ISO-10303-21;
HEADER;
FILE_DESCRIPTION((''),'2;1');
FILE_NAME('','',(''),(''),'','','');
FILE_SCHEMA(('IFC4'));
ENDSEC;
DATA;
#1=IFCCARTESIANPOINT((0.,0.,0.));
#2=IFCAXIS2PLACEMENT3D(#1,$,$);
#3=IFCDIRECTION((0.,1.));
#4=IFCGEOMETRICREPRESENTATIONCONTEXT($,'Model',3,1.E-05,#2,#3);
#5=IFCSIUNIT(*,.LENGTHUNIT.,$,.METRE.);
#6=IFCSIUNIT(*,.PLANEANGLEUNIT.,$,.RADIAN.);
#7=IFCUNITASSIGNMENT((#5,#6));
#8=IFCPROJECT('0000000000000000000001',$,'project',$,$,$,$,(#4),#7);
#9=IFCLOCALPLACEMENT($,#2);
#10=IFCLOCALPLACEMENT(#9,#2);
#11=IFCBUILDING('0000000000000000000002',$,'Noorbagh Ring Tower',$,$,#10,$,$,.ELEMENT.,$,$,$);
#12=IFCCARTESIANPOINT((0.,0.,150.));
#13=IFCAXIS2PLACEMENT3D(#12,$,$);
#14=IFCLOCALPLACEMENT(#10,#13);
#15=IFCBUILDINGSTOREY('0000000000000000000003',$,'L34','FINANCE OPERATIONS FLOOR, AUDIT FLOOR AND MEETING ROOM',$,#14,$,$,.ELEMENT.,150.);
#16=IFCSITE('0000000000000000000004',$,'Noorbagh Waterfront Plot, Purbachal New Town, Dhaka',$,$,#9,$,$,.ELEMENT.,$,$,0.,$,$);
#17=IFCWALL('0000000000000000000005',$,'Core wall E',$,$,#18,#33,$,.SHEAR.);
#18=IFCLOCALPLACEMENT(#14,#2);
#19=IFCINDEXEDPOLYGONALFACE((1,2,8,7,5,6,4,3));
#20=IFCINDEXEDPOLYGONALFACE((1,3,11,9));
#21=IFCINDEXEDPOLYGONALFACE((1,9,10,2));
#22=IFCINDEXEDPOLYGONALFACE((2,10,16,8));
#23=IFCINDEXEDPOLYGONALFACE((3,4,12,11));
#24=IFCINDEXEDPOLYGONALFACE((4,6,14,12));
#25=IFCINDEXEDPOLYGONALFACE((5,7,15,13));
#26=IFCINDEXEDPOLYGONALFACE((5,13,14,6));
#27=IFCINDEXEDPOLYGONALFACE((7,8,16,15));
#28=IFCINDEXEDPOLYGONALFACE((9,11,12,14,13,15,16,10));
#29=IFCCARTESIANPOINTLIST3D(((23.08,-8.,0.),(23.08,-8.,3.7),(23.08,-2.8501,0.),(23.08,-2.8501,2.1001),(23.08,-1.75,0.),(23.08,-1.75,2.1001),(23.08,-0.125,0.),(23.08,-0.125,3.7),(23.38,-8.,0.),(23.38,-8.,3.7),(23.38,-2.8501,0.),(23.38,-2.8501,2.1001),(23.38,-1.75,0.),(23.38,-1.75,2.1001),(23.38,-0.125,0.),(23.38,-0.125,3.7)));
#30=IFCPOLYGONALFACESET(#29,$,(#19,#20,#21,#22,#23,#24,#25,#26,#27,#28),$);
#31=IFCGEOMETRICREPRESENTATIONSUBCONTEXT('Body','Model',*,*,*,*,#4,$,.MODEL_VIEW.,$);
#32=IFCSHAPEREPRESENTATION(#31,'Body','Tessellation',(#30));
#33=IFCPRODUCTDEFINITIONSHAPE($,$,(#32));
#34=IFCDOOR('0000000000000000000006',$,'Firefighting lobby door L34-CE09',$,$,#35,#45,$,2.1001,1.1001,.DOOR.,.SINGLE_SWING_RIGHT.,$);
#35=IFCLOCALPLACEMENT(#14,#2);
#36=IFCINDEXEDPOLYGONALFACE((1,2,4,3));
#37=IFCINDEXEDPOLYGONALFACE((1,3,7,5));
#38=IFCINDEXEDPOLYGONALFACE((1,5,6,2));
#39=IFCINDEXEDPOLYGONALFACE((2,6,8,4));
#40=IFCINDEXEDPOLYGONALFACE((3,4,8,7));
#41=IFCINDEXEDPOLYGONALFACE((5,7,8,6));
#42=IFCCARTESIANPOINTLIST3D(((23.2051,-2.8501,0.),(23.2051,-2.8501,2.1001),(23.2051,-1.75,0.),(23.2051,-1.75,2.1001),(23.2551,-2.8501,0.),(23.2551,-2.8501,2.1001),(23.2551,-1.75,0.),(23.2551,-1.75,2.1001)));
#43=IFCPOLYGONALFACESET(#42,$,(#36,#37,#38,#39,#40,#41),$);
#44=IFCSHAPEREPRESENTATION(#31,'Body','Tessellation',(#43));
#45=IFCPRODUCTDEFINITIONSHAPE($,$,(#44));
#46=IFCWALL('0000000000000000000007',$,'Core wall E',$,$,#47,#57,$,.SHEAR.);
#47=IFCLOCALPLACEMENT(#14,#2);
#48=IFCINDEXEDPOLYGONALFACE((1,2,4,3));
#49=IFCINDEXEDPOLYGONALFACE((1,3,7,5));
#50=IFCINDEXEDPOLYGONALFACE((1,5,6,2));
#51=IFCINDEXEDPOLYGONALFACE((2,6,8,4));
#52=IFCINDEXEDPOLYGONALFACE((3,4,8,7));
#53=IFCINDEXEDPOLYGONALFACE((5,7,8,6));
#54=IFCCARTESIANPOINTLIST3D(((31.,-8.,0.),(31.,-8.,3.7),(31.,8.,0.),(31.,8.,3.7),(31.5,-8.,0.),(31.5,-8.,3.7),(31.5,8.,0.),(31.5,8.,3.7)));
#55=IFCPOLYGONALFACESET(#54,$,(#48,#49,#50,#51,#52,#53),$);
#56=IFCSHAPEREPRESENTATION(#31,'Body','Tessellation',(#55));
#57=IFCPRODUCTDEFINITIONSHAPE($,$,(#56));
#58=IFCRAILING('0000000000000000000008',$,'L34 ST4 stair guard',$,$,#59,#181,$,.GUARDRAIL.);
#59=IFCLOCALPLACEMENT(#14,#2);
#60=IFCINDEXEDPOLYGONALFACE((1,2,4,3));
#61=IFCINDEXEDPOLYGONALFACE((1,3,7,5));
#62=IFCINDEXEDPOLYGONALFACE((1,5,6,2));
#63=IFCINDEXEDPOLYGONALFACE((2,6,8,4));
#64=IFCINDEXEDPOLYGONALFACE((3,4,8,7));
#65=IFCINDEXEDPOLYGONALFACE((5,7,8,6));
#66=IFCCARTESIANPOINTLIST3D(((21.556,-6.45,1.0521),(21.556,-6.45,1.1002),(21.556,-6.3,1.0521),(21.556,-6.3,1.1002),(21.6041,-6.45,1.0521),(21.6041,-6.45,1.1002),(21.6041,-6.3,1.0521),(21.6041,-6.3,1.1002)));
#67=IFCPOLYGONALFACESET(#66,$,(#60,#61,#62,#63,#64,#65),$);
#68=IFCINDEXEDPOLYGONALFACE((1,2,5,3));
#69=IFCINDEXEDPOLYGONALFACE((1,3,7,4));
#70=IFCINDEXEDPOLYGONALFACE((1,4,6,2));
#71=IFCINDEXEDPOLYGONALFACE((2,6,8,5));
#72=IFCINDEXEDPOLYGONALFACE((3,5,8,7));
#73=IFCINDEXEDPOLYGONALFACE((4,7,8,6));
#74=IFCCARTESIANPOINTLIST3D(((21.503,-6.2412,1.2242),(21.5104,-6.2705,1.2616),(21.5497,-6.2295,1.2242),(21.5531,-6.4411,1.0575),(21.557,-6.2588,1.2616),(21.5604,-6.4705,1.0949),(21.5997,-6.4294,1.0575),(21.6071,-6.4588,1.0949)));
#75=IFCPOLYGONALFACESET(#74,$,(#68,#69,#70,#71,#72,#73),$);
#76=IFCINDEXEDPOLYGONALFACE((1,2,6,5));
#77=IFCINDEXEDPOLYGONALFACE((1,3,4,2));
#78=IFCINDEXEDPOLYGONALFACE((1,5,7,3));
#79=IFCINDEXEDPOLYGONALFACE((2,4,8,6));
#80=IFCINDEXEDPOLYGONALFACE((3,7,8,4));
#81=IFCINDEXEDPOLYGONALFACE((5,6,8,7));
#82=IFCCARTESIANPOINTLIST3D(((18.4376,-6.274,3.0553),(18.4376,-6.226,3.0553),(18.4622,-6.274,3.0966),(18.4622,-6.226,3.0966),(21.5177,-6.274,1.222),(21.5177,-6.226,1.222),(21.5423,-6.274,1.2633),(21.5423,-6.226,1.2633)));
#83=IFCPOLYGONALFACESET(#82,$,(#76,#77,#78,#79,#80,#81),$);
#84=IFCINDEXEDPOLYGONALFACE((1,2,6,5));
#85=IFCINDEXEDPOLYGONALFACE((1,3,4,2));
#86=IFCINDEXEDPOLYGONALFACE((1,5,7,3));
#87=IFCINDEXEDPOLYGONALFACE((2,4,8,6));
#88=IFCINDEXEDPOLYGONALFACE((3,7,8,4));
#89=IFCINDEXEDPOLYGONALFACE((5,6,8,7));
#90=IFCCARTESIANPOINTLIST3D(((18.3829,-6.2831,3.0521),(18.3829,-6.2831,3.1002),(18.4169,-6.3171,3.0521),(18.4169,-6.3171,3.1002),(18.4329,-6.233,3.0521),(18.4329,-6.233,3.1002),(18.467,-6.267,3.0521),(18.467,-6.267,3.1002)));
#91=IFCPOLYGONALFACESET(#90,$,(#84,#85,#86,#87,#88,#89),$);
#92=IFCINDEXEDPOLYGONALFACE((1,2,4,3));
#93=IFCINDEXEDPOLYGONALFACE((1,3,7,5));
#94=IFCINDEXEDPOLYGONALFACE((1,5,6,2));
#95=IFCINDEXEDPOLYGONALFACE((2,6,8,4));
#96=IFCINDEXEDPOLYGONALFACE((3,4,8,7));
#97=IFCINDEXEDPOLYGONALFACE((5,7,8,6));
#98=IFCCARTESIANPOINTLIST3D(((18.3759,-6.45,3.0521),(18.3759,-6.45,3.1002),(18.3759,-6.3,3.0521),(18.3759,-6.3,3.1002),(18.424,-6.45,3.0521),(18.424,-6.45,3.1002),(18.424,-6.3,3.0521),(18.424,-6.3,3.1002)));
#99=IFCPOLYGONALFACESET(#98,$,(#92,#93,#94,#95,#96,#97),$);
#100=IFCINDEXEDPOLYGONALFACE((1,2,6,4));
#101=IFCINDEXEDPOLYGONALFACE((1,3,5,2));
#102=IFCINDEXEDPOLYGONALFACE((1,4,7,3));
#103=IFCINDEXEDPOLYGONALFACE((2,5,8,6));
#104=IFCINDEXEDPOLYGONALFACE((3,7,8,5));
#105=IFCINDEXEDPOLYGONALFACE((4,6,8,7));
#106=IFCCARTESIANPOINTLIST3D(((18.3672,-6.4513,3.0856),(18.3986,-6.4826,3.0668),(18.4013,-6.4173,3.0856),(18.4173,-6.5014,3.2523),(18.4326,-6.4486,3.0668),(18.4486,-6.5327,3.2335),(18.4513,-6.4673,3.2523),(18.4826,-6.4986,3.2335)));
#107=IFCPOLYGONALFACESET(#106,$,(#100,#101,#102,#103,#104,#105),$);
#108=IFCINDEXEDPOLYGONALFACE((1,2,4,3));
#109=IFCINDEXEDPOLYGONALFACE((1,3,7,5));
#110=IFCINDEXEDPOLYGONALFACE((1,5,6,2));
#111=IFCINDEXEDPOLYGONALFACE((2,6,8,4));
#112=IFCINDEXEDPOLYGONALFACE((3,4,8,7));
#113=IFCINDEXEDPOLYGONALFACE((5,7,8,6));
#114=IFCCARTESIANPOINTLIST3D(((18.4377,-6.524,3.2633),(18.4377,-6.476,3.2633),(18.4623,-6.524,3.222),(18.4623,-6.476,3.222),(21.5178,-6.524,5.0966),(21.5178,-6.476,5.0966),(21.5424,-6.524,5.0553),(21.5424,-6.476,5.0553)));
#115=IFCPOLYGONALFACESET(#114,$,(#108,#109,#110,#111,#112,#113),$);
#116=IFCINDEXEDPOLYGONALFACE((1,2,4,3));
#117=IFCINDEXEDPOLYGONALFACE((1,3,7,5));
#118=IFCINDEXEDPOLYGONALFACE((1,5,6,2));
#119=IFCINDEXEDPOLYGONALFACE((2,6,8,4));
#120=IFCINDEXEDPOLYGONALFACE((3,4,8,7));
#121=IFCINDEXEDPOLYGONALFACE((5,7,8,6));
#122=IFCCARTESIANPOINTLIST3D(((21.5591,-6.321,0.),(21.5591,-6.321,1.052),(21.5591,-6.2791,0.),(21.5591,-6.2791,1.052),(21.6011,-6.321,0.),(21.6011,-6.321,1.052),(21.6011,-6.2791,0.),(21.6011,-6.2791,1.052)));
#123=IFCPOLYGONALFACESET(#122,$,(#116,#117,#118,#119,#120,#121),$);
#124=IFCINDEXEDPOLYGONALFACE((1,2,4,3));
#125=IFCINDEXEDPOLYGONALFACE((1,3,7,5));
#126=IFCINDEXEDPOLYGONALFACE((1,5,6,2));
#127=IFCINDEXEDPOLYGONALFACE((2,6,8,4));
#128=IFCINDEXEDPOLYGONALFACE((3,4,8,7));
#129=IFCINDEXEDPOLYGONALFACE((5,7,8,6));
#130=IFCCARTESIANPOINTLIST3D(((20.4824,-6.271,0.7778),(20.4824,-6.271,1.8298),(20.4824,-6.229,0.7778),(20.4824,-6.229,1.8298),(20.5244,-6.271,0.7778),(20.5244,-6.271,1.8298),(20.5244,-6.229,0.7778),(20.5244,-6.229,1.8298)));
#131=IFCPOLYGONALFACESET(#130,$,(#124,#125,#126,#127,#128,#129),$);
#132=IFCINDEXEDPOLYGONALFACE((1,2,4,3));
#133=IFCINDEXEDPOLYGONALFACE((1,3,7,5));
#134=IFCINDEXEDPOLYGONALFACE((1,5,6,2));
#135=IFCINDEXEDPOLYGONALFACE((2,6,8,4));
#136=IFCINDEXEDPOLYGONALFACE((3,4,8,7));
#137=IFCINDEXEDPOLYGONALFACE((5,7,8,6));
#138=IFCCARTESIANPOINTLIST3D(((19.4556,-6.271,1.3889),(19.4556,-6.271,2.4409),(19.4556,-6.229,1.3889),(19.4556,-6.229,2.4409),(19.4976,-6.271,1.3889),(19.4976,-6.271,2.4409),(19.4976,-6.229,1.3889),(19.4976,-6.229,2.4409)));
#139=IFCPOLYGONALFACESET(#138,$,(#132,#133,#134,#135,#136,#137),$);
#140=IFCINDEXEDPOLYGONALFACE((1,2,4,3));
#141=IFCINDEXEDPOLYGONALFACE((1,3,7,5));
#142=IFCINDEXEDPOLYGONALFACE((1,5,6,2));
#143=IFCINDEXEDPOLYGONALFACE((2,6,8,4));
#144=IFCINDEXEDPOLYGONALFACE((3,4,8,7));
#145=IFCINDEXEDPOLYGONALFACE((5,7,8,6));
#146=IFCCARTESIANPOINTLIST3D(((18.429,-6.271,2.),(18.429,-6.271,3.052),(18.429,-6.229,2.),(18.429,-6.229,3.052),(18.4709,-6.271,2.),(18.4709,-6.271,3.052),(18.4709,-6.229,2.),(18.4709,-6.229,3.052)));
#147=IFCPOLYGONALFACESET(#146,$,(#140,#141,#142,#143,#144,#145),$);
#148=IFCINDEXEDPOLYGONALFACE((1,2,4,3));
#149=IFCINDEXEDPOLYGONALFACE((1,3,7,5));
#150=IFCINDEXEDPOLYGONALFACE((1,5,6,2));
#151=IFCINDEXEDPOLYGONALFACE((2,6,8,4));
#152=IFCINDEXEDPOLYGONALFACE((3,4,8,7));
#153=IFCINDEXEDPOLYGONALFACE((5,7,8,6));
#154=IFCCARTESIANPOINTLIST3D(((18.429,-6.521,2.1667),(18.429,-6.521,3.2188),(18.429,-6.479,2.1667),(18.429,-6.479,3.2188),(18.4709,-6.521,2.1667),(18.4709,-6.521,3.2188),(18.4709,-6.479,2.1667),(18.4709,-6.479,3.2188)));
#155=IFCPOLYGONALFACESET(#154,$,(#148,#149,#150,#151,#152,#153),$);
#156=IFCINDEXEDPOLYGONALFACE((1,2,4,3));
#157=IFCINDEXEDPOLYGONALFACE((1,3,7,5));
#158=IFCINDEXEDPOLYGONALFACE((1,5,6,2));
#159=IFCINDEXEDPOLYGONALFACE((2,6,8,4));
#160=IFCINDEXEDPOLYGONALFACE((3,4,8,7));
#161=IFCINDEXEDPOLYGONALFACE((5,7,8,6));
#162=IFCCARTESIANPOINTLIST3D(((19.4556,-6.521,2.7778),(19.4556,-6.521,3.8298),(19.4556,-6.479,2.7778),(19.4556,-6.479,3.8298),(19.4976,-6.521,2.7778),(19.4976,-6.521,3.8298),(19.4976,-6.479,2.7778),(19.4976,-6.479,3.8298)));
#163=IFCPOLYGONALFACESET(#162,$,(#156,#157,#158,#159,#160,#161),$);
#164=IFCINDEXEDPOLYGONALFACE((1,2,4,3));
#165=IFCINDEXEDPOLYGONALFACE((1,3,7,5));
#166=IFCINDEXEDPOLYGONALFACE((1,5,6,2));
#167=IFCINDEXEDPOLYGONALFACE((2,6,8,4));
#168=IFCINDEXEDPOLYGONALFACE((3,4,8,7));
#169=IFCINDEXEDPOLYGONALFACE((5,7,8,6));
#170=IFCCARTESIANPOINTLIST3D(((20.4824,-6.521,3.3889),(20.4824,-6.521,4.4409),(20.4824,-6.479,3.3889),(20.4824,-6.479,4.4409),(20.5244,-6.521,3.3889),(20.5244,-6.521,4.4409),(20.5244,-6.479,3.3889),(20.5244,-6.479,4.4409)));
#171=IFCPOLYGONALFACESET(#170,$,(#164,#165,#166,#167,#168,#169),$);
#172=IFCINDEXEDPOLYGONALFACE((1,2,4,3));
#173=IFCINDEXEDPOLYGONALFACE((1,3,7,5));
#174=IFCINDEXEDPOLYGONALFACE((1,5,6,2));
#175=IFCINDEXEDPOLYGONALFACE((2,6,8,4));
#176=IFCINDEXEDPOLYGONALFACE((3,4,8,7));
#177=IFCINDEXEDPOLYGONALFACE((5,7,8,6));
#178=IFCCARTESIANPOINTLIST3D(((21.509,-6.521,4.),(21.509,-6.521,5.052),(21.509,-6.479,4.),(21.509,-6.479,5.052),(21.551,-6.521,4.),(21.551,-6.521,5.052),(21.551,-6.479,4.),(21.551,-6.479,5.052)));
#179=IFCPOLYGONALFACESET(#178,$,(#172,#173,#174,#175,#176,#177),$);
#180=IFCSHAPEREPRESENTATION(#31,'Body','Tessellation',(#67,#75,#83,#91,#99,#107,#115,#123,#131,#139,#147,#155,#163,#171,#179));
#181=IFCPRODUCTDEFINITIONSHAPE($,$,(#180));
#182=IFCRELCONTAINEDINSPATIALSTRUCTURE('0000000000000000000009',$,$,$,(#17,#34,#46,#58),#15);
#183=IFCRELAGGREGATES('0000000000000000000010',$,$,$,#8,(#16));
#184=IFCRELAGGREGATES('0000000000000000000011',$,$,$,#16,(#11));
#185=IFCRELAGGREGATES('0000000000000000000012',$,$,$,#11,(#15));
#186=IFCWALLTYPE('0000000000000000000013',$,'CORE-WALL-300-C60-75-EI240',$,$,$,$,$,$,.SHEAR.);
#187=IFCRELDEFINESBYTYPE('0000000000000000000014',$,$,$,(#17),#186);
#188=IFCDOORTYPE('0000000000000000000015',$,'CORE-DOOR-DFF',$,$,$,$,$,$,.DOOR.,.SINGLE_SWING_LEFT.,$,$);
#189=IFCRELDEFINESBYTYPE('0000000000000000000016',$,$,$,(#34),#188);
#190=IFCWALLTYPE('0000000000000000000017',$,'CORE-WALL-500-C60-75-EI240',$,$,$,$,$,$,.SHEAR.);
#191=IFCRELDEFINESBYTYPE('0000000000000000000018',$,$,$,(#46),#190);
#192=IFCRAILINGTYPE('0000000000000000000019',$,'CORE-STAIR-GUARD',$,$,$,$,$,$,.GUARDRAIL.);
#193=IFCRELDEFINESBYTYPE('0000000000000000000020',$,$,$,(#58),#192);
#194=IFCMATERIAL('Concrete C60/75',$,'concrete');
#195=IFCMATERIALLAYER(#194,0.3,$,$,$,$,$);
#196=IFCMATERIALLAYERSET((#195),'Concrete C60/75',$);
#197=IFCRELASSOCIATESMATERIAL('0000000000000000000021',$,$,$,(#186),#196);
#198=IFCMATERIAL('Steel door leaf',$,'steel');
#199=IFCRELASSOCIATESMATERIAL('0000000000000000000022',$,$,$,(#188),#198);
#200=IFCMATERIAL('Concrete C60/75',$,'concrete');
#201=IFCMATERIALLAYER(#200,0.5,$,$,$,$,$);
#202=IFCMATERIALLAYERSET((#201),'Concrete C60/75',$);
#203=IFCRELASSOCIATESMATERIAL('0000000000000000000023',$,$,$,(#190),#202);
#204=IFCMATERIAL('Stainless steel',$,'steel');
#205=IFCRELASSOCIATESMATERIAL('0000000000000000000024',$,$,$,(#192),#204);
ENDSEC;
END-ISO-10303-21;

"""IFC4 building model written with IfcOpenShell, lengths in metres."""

from ifc_helpers import new_model, si_unit, direction, frame, frame_2d, origin, origin_2d, place, context, subcontext, project, spatial, rectangle, extrude, material, layer, layer_set, type_object, element, fill, save


model = new_model("IFC4")

# Units and contexts
model_context = context("Model", 3, precision=1e-05, world=origin(), true_north=direction((0.0, 1.0)))
body_context = subcontext(model_context, "Body", "Model", "MODEL_VIEW")
ifc_project = project(units=[si_unit("LENGTHUNIT", "METRE"), si_unit("PLANEANGLEUNIT", "RADIAN")], contexts=[model_context])

# Site, building, storey
site_placement = place(None, origin())
site = spatial("IfcSite", under=ifc_project, at=site_placement, Name="Noorbagh Waterfront Plot, Purbachal New Town, Dhaka", CompositionType="ELEMENT", RefElevation=0.0)
building_placement = place(site_placement, origin())
building = spatial("IfcBuilding", under=site, at=building_placement, Name="Noorbagh Ring Tower", CompositionType="ELEMENT")
storey_placement = place(building_placement, frame((0.0, 0.0, 150.0)))
storey = spatial("IfcBuildingStorey", under=building, at=storey_placement, Name="L34", Description="FINANCE OPERATIONS FLOOR, AUDIT FLOOR AND MEETING ROOM", CompositionType="ELEMENT", Elevation=150.0)

# Shared definitions
ifc_material_1 = material(Name="Concrete C60/75", Category="concrete")
ifc_layer_1 = layer(ifc_material_1, 0.3)
ifc_layer_set_1 = layer_set([ifc_layer_1], Name="Concrete C60/75")
wall_type_1 = type_object("IfcWallType", Name="CORE-WALL-300-C60-75-EI240", PredefinedType="SHEAR", material=ifc_layer_set_1)

# Wall, opening, door
wall_1_placement = place(storey_placement, frame((23.23, -8.0, 0.0), z_axis=(0.0, 0.0, 1.0), x_axis=(0.0, 1.0, 0.0)))
wall_1 = element("IfcWall", 1, at=wall_1_placement, inside=storey, type_object=wall_type_1, Name="Core wall E", PredefinedType="SHEAR", context=body_context, shape_type="SweptSolid", body=[
    extrude(rectangle(XDim=7.875, YDim=0.3, at=frame_2d((3.9375, 0.0))), origin(), (0.0, 0.0, 1.0), 3.7),
])
opening_1_placement = place(wall_1_placement, frame((5.1499, 0.0, 0.0)))
opening_1 = element("IfcOpeningElement", 2, at=opening_1_placement, cuts=wall_1, PredefinedType="OPENING", context=body_context, shape_type="SweptSolid", body=[
    extrude(rectangle(XDim=1.1001, YDim=2.1001, at=frame_2d((0.55, 1.05))), frame((0.0, 0.1602, 0.0), z_axis=(0.0, -1.0, 0.0), x_axis=(1.0, 0.0, 0.0)), (0.0, 0.0, 1.0), 0.3201),
])
ifc_material_2 = material(Name="Steel door leaf", Category="steel")
door_type_1 = type_object("IfcDoorType", Name="CORE-DOOR-DFF", OperationType="SINGLE_SWING_LEFT", PredefinedType="DOOR", material=ifc_material_2)
door_1_placement = place(opening_1_placement, origin())
door_1 = element("IfcDoor", 3, at=door_1_placement, inside=storey, type_object=door_type_1, Name="Firefighting lobby door L34-CE09", OperationType="SINGLE_SWING_RIGHT", OverallHeight=2.1001, OverallWidth=1.1001, PredefinedType="DOOR", context=body_context, shape_type="SweptSolid", body=[
    extrude(rectangle(XDim=1.1001, YDim=2.1001, at=frame_2d((0.55, 1.05))), frame((0.0, 0.0249, 0.0), z_axis=(0.0, -1.0, 0.0), x_axis=(1.0, 0.0, 0.0)), (0.0, 0.0, 1.0), 0.05),
])
fill(opening_1, door_1)

# Wall
ifc_material_3 = material(Name="Concrete C60/75", Category="concrete")
ifc_layer_2 = layer(ifc_material_3, 0.5)
ifc_layer_set_2 = layer_set([ifc_layer_2], Name="Concrete C60/75")
wall_type_2 = type_object("IfcWallType", Name="CORE-WALL-500-C60-75-EI240", PredefinedType="SHEAR", material=ifc_layer_set_2)
wall_2_placement = place(storey_placement, frame((31.25, -8.0, 0.0), z_axis=(0.0, 0.0, 1.0), x_axis=(0.0, 1.0, 0.0)))
element("IfcWall", 4, at=wall_2_placement, inside=storey, type_object=wall_type_2, Name="Core wall E", PredefinedType="SHEAR", context=body_context, shape_type="SweptSolid", body=[
    extrude(rectangle(XDim=16.0, YDim=0.5, at=frame_2d((8.0, 0.0))), origin(), (0.0, 0.0, 1.0), 3.7),
])

# Railing
ifc_material_4 = material(Name="Stainless steel", Category="steel")
railing_type = type_object("IfcRailingType", Name="CORE-STAIR-GUARD", PredefinedType="GUARDRAIL", material=ifc_material_4)
railing_placement = place(storey_placement, frame((21.5801, -6.3, 0.0)))
element("IfcRailing", 5, at=railing_placement, inside=storey, type_object=railing_type, Name="L34 ST4 stair guard", PredefinedType="GUARDRAIL", context=body_context, shape_type="SweptSolid", body=[
    extrude(rectangle(XDim=0.0481, YDim=0.0481, at=origin_2d()), frame((0.0, 0.0, 1.0762), z_axis=(0.0, -1.0, 0.0), x_axis=(1.0, 0.0, 0.0)), (0.0, 0.0, 1.0), 0.1499),
    extrude(rectangle(XDim=0.0481, YDim=0.0481, at=origin_2d()), frame((0.0, -0.1499, 1.0762), z_axis=(-0.188776, 0.754182, 0.628946), x_axis=(-0.970073, -0.242814, 0.0)), (0.0, 0.0, 1.0), 0.2651),
    extrude(rectangle(XDim=0.0481, YDim=0.0481, at=origin_2d()), frame((-0.05, 0.05, 1.2427), z_axis=(-0.859309, 0.0, 0.511458), x_axis=(0.0, -1.0, 0.0)), (0.0, 0.0, 1.0), 3.5845),
    extrude(rectangle(XDim=0.0481, YDim=0.0481, at=origin_2d()), frame((-3.1301, 0.05, 3.0762), z_axis=(-0.707107, -0.707107, 0.0), x_axis=(0.707107, -0.707107, 0.0)), (0.0, 0.0, 1.0), 0.0708),
    extrude(rectangle(XDim=0.0481, YDim=0.0481, at=origin_2d()), frame((-3.1802, 0.0, 3.0762), z_axis=(0.0, -1.0, 0.0), x_axis=(1.0, 0.0, 0.0)), (0.0, 0.0, 1.0), 0.1499),
    extrude(rectangle(XDim=0.0481, YDim=0.0481, at=origin_2d()), frame((-3.1802, -0.1499, 3.0762), z_axis=(0.276287, -0.276287, 0.920506), x_axis=(0.707107, 0.707107, 0.0)), (0.0, 0.0, 1.0), 0.1812),
    extrude(rectangle(XDim=0.0481, YDim=0.0481, at=origin_2d()), frame((-3.1301, -0.2, 3.2427), z_axis=(0.859309, 0.0, 0.511458), x_axis=(0.0, 1.0, 0.0)), (0.0, 0.0, 1.0), 3.5845),
    extrude(rectangle(XDim=0.042, YDim=0.042, at=origin_2d()), origin(), (0.0, 0.0, 1.0), 1.052),
    extrude(rectangle(XDim=0.042, YDim=0.042, at=origin_2d()), frame((-1.0767, 0.05, 0.7778)), (0.0, 0.0, 1.0), 1.052),
    extrude(rectangle(XDim=0.042, YDim=0.042, at=origin_2d()), frame((-2.1035, 0.05, 1.3889)), (0.0, 0.0, 1.0), 1.052),
    extrude(rectangle(XDim=0.042, YDim=0.042, at=origin_2d()), frame((-3.1301, 0.05, 2.0)), (0.0, 0.0, 1.0), 1.052),
    extrude(rectangle(XDim=0.042, YDim=0.042, at=origin_2d()), frame((-3.1301, -0.2, 2.1667)), (0.0, 0.0, 1.0), 1.052),
    extrude(rectangle(XDim=0.042, YDim=0.042, at=origin_2d()), frame((-2.1035, -0.2, 2.7778)), (0.0, 0.0, 1.0), 1.052),
    extrude(rectangle(XDim=0.042, YDim=0.042, at=origin_2d()), frame((-1.0767, -0.2, 3.3889)), (0.0, 0.0, 1.0), 1.052),
    extrude(rectangle(XDim=0.042, YDim=0.042, at=origin_2d()), frame((-0.05, -0.2, 4.0)), (0.0, 0.0, 1.0), 1.052),
])

save(model, "model.ifc")
